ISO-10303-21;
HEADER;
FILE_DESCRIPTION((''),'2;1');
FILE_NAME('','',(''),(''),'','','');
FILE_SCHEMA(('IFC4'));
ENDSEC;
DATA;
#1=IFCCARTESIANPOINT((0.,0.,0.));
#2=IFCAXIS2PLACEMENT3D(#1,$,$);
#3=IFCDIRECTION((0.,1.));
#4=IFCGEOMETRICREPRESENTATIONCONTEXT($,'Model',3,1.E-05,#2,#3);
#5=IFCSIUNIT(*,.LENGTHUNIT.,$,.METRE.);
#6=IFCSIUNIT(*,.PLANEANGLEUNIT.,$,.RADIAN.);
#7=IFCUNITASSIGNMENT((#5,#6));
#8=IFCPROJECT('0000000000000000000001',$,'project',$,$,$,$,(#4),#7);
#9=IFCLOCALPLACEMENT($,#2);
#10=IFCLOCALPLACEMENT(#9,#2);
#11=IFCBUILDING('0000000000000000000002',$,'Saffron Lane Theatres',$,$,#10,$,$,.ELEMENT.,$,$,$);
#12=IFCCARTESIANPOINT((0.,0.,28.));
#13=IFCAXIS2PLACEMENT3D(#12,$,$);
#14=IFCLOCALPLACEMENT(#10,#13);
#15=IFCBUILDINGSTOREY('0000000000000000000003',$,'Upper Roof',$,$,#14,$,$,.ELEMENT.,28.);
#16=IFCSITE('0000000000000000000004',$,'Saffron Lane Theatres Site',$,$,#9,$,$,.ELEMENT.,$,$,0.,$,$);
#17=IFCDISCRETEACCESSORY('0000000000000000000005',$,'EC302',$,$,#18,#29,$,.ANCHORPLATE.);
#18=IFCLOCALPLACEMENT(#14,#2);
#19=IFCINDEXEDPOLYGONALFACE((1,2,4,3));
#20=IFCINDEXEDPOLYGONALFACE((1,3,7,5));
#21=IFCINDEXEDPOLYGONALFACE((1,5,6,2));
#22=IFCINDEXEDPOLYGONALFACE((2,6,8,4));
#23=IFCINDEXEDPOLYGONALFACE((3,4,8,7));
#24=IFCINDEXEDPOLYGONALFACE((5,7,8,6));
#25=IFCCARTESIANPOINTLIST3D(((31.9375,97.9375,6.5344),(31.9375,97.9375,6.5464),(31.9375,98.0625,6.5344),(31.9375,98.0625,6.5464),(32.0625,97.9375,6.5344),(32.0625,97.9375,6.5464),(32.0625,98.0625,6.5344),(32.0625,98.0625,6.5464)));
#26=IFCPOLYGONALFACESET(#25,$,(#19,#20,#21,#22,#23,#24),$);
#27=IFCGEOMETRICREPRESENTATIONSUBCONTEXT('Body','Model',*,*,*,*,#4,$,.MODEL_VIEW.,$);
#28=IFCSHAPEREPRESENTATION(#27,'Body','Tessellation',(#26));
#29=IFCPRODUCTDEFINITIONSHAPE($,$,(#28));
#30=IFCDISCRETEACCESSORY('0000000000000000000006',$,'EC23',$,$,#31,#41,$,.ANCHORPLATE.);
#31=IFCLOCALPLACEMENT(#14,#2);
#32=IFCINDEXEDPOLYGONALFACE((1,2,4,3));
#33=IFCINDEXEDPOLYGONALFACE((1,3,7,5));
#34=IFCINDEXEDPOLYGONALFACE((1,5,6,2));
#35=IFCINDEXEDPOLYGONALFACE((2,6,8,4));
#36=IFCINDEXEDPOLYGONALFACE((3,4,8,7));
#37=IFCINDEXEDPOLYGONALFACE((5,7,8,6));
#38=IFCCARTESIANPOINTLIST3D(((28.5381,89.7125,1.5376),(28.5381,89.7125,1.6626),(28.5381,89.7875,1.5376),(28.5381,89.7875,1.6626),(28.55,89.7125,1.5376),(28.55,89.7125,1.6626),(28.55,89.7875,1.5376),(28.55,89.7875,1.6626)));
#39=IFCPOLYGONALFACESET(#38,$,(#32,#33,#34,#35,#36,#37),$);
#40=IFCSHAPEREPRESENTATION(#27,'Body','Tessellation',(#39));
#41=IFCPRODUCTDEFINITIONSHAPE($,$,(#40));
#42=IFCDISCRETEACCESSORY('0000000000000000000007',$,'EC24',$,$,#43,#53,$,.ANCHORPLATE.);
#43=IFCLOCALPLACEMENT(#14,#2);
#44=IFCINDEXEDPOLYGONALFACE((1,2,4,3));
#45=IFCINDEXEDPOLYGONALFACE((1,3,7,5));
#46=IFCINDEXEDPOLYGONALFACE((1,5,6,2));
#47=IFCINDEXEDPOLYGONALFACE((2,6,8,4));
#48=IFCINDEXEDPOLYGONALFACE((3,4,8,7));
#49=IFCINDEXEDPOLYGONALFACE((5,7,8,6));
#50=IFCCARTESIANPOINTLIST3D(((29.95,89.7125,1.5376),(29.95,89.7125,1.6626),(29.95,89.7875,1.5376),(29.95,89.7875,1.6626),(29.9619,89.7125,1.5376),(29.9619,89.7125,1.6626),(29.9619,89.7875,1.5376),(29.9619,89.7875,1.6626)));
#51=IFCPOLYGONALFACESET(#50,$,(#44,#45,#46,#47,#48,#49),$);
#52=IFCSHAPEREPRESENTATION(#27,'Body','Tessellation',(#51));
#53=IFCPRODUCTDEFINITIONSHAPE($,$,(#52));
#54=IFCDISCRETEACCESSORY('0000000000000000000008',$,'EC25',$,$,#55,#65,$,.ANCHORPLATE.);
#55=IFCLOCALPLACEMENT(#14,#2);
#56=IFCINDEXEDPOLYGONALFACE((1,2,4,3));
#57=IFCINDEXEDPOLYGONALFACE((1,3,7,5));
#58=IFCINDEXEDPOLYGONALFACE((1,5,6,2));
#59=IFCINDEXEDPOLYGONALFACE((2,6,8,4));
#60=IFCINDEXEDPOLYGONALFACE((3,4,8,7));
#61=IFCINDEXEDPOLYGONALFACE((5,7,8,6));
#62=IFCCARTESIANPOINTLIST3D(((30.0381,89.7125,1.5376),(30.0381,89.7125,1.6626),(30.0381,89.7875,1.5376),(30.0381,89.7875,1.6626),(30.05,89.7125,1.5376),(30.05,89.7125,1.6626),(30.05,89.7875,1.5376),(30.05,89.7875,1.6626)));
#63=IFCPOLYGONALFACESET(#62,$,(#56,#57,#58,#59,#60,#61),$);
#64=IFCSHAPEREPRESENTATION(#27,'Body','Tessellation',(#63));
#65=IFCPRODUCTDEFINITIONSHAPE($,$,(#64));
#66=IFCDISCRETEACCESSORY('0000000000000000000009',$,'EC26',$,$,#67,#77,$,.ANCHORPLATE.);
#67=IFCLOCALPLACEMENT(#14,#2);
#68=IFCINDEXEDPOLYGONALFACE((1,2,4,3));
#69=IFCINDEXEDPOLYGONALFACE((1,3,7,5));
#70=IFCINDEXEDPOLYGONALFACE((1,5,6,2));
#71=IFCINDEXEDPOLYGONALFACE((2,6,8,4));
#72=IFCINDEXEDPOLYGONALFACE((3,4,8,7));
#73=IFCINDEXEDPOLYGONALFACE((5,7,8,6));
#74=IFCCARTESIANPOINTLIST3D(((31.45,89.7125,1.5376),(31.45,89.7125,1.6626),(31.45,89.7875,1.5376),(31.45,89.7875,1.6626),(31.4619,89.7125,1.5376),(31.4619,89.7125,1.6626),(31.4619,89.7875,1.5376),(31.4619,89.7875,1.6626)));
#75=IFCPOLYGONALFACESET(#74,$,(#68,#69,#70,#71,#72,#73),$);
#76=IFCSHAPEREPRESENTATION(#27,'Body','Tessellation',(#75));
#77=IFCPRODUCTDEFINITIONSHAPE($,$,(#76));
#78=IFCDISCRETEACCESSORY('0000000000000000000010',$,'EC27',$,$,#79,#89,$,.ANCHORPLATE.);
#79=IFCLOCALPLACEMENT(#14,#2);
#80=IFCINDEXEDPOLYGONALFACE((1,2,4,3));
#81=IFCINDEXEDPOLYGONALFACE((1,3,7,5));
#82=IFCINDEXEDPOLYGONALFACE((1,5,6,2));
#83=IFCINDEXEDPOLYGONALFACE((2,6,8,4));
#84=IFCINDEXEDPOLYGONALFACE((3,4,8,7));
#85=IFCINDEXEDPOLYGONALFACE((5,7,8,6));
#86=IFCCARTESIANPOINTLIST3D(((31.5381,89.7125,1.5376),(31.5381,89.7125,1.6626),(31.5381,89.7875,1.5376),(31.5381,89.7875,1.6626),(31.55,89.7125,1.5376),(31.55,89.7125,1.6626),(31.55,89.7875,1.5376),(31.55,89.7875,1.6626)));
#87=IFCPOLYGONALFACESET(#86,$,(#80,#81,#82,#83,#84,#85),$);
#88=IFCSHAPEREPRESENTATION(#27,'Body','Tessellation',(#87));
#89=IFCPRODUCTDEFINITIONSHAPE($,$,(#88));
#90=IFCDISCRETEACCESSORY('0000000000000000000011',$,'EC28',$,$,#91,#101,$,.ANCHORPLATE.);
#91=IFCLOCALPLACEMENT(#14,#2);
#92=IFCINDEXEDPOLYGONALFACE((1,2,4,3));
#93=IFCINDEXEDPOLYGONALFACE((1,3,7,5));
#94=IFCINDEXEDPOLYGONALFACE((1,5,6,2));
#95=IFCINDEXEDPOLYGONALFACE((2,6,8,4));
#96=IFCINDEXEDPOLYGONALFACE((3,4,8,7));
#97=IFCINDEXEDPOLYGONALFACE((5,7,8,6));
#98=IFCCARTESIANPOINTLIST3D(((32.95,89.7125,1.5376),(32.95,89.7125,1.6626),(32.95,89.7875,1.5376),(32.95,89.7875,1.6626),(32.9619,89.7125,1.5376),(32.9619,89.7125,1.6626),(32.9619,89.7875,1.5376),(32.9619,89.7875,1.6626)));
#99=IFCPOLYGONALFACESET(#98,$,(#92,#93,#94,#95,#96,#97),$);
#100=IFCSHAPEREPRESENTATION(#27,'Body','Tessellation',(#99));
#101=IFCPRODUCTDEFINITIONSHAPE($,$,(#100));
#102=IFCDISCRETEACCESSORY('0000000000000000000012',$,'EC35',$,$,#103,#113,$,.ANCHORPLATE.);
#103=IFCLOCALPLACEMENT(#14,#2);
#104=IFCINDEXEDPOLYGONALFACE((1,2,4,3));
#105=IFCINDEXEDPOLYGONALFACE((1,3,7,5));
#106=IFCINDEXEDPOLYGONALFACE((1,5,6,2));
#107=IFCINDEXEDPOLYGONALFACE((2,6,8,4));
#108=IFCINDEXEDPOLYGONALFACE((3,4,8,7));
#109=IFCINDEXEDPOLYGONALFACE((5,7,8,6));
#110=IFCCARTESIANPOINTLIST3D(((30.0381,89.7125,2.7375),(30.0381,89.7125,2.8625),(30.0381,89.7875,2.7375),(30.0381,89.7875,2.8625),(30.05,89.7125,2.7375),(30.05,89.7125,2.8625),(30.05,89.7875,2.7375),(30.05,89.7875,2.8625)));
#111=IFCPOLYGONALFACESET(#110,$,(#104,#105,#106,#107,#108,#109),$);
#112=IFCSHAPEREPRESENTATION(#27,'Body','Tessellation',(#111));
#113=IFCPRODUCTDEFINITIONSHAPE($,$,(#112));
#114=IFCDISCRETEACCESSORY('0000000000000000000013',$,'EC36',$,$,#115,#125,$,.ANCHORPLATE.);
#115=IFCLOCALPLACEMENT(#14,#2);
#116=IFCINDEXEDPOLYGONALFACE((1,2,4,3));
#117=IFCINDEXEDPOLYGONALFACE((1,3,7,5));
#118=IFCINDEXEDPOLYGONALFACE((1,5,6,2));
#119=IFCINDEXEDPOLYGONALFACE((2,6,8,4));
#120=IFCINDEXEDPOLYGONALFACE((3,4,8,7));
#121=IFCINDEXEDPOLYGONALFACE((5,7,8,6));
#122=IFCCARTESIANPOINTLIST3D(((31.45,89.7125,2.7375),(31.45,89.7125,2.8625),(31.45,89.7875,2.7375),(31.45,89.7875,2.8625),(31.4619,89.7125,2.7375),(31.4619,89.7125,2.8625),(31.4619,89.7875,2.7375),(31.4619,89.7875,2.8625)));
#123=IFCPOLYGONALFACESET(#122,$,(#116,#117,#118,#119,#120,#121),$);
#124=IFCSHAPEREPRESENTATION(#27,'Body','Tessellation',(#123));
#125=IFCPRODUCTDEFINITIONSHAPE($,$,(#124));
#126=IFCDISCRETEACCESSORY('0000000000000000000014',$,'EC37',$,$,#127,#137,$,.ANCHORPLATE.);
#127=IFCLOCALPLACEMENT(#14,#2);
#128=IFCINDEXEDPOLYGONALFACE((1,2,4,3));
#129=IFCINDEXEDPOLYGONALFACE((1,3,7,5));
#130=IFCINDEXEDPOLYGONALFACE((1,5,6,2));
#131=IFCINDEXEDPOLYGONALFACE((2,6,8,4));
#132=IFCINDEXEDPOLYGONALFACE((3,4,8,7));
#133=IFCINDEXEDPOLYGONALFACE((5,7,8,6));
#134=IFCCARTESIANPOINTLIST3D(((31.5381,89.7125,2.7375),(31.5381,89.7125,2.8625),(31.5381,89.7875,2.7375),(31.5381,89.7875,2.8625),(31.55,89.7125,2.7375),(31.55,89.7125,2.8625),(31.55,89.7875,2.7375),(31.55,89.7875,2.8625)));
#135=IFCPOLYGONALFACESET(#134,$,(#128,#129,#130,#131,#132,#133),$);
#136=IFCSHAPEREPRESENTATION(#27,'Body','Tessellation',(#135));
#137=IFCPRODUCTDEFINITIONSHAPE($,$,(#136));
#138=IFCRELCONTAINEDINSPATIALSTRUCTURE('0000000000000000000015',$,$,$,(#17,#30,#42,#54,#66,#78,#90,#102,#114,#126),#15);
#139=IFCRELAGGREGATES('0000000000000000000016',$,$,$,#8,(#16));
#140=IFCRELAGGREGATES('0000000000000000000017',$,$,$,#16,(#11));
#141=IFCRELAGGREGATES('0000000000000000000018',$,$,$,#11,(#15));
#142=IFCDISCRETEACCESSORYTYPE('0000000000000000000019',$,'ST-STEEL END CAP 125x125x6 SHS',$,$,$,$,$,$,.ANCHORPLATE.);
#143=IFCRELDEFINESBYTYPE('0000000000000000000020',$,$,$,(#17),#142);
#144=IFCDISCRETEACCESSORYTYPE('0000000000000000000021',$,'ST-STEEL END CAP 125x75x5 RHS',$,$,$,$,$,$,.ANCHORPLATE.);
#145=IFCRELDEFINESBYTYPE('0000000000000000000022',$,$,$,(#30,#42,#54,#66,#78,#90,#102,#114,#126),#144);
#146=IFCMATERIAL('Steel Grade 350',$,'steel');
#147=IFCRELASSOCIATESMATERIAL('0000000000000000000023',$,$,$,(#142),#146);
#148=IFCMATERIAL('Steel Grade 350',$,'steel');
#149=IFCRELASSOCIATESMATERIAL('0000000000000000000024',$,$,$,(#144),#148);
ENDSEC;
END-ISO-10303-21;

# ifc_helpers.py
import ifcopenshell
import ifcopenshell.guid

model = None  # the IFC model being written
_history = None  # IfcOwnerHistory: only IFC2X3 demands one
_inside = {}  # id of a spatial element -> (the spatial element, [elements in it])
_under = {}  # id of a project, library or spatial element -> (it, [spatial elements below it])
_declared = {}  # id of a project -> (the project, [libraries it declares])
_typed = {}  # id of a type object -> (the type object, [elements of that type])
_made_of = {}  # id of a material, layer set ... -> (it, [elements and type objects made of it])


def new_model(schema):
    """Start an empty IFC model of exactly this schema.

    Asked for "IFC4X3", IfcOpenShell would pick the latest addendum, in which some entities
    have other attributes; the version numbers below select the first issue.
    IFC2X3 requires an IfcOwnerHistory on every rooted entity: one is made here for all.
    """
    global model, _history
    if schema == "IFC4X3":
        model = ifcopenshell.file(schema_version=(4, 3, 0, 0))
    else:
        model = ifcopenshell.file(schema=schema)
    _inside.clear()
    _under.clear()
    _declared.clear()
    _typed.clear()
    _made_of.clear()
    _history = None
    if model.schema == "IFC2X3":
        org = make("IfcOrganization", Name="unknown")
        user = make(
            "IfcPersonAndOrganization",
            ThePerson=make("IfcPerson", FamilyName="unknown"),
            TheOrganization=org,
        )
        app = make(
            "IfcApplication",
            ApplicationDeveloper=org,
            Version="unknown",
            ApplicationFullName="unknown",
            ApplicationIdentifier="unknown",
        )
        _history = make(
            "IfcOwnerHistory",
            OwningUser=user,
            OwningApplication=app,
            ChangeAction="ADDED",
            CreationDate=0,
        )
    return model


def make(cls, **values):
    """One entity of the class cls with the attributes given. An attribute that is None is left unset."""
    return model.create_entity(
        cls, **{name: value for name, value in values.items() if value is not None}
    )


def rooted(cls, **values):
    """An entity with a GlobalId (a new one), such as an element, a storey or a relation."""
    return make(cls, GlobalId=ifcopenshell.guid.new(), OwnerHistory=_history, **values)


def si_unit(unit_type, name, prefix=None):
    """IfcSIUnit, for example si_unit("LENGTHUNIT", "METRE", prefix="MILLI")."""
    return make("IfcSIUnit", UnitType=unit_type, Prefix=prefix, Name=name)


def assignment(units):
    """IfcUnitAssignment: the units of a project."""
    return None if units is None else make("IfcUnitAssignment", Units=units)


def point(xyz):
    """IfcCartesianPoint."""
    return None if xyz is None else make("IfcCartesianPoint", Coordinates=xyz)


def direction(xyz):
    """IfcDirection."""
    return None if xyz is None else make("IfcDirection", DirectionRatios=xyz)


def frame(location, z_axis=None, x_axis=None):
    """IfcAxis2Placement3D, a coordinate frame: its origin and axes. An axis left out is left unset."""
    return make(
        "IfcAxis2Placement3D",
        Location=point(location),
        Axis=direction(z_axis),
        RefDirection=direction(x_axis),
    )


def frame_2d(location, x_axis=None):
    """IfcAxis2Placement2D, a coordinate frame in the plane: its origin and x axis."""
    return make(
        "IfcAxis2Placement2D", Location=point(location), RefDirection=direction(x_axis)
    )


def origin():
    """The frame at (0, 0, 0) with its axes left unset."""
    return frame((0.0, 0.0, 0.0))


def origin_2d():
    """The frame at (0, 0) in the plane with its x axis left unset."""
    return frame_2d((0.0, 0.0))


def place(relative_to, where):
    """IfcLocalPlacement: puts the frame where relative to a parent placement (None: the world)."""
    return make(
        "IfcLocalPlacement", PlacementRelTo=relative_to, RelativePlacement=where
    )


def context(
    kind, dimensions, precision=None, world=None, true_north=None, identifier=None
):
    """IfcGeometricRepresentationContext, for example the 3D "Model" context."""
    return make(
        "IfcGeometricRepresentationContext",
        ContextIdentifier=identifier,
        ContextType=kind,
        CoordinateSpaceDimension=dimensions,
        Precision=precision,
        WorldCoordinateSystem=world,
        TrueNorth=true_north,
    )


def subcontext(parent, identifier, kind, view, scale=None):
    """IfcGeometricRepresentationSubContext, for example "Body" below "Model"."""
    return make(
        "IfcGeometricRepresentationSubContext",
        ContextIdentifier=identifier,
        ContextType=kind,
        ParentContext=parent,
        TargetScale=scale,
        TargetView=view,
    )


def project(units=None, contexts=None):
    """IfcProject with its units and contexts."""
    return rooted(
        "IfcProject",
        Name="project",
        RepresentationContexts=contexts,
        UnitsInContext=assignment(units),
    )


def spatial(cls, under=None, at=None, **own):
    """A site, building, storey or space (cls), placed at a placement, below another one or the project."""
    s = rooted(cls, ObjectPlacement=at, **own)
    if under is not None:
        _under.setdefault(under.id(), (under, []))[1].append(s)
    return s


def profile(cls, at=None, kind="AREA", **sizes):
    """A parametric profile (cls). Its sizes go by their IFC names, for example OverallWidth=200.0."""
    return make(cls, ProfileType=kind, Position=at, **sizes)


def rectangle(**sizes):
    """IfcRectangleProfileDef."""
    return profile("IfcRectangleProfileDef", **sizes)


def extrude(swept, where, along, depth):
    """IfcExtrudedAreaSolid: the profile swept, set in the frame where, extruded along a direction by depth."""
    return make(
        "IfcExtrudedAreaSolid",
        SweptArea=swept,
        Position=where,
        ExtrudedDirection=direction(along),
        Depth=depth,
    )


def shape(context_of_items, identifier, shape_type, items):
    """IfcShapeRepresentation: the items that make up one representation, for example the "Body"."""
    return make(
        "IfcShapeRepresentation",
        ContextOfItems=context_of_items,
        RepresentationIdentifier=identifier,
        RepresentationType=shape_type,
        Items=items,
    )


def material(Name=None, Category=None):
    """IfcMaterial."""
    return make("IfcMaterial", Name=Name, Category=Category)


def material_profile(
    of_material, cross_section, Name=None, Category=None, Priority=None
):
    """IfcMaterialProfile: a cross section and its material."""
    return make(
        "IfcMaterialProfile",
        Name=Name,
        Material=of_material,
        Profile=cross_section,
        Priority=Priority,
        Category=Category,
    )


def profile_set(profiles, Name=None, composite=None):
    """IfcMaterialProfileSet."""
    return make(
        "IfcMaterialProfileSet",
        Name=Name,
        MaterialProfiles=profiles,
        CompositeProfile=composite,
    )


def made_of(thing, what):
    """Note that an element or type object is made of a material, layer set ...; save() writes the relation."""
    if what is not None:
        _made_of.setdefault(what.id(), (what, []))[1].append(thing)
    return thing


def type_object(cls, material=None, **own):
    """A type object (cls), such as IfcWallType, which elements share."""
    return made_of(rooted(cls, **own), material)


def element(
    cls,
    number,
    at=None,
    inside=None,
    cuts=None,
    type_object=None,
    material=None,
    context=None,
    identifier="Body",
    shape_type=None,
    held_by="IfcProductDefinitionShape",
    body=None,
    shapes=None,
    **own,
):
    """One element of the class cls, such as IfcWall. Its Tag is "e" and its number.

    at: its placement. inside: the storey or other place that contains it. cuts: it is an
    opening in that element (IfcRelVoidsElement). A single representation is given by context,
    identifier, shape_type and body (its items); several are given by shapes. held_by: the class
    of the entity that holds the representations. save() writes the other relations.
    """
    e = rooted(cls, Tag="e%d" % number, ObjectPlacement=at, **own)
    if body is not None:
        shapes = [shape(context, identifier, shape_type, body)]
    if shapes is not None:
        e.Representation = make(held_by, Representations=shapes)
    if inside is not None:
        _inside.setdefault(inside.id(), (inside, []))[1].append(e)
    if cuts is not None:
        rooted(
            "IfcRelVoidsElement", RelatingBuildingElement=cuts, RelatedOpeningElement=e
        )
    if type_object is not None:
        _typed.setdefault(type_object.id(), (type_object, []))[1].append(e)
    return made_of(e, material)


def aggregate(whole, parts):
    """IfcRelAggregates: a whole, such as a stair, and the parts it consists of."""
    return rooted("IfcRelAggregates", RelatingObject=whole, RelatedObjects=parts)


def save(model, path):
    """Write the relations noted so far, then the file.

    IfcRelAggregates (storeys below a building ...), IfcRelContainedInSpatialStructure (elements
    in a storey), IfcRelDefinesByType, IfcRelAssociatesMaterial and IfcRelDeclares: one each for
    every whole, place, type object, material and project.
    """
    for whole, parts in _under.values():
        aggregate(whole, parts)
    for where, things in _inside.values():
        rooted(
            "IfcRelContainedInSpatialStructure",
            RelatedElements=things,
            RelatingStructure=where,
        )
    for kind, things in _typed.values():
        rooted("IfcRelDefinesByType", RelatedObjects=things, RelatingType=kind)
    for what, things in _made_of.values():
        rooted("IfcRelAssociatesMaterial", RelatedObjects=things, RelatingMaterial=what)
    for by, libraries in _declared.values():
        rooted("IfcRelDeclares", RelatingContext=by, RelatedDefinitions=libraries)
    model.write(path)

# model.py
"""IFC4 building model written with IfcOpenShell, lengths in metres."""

from ifc_helpers import new_model, si_unit, direction, frame, origin, origin_2d, place, context, subcontext, project, spatial, rectangle, extrude, material, material_profile, profile_set, type_object, element, save


model = new_model("IFC4")

# Units and contexts
model_context = context("Model", 3, precision=1e-05, world=origin(), true_north=direction((0.0, 1.0)))
body_context = subcontext(model_context, "Body", "Model", "MODEL_VIEW")
ifc_project = project(units=[si_unit("LENGTHUNIT", "METRE"), si_unit("PLANEANGLEUNIT", "RADIAN")], contexts=[model_context])

# Site, building, storey
site_placement = place(None, origin())
site = spatial("IfcSite", under=ifc_project, at=site_placement, Name="Saffron Lane Theatres Site", CompositionType="ELEMENT", RefElevation=0.0)
building_placement = place(site_placement, origin())
building = spatial("IfcBuilding", under=site, at=building_placement, Name="Saffron Lane Theatres", CompositionType="ELEMENT")
storey_placement = place(building_placement, frame((0.0, 0.0, 28.0)))
storey = spatial("IfcBuildingStorey", under=building, at=storey_placement, Name="Upper Roof", CompositionType="ELEMENT", Elevation=28.0)

# Discrete accessories
ifc_material_1 = material(Name="Steel Grade 350", Category="steel")
ifc_material_profile_1 = material_profile(ifc_material_1, rectangle(XDim=0.125, YDim=0.125, at=origin_2d()))
ifc_profile_set_1 = profile_set([ifc_material_profile_1], Name="Steel Grade 350")
discrete_accessory_type_1 = type_object("IfcDiscreteAccessoryType", Name="ST-STEEL END CAP 125x125x6 SHS", PredefinedType="ANCHORPLATE", material=ifc_profile_set_1)
for number, where, z_axis, x_axis, name in (
    (1, (32.0, 98.0, 6.5344), (0.0, 0.0, 1.0), (1.0, 0.0, 0.0), "EC302"),
):
    element("IfcDiscreteAccessory", number, at=place(storey_placement, frame(where, z_axis=z_axis, x_axis=x_axis)), inside=storey, type_object=discrete_accessory_type_1, Name=name, PredefinedType="ANCHORPLATE", context=body_context, shape_type="SweptSolid", body=[
        extrude(rectangle(XDim=0.125, YDim=0.125, at=origin_2d()), origin(), (0.0, 0.0, 1.0), 0.012),
    ])
ifc_material_2 = material(Name="Steel Grade 350", Category="steel")
ifc_material_profile_2 = material_profile(ifc_material_2, rectangle(XDim=0.075, YDim=0.125, at=origin_2d()))
ifc_profile_set_2 = profile_set([ifc_material_profile_2], Name="Steel Grade 350")
discrete_accessory_type_2 = type_object("IfcDiscreteAccessoryType", Name="ST-STEEL END CAP 125x75x5 RHS", PredefinedType="ANCHORPLATE", material=ifc_profile_set_2)
for number, where, z_axis, x_axis, name in (
    (2, (28.5381, 89.75, 1.6001), (1.0, 0.0, 0.0), (0.0, 1.0, 0.0), "EC23"),
    (3, (29.95, 89.75, 1.6001), (1.0, 0.0, 0.0), (0.0, 1.0, 0.0), "EC24"),
    (4, (30.0381, 89.75, 1.6001), (1.0, 0.0, 0.0), (0.0, 1.0, 0.0), "EC25"),
    (5, (31.45, 89.75, 1.6001), (1.0, 0.0, 0.0), (0.0, 1.0, 0.0), "EC26"),
    (6, (31.5381, 89.75, 1.6001), (1.0, 0.0, 0.0), (0.0, 1.0, 0.0), "EC27"),
    (7, (32.95, 89.75, 1.6001), (1.0, 0.0, 0.0), (0.0, 1.0, 0.0), "EC28"),
    (8, (30.0381, 89.75, 2.8), (1.0, 0.0, 0.0), (0.0, 1.0, 0.0), "EC35"),
    (9, (31.45, 89.75, 2.8), (1.0, 0.0, 0.0), (0.0, 1.0, 0.0), "EC36"),
    (10, (31.5381, 89.75, 2.8), (1.0, 0.0, 0.0), (0.0, 1.0, 0.0), "EC37"),
):
    element("IfcDiscreteAccessory", number, at=place(storey_placement, frame(where, z_axis=z_axis, x_axis=x_axis)), inside=storey, type_object=discrete_accessory_type_2, Name=name, PredefinedType="ANCHORPLATE", context=body_context, shape_type="SweptSolid", body=[
        extrude(rectangle(XDim=0.075, YDim=0.125, at=origin_2d()), origin(), (0.0, 0.0, 1.0), 0.012),
    ])

save(model, "model.ifc")
